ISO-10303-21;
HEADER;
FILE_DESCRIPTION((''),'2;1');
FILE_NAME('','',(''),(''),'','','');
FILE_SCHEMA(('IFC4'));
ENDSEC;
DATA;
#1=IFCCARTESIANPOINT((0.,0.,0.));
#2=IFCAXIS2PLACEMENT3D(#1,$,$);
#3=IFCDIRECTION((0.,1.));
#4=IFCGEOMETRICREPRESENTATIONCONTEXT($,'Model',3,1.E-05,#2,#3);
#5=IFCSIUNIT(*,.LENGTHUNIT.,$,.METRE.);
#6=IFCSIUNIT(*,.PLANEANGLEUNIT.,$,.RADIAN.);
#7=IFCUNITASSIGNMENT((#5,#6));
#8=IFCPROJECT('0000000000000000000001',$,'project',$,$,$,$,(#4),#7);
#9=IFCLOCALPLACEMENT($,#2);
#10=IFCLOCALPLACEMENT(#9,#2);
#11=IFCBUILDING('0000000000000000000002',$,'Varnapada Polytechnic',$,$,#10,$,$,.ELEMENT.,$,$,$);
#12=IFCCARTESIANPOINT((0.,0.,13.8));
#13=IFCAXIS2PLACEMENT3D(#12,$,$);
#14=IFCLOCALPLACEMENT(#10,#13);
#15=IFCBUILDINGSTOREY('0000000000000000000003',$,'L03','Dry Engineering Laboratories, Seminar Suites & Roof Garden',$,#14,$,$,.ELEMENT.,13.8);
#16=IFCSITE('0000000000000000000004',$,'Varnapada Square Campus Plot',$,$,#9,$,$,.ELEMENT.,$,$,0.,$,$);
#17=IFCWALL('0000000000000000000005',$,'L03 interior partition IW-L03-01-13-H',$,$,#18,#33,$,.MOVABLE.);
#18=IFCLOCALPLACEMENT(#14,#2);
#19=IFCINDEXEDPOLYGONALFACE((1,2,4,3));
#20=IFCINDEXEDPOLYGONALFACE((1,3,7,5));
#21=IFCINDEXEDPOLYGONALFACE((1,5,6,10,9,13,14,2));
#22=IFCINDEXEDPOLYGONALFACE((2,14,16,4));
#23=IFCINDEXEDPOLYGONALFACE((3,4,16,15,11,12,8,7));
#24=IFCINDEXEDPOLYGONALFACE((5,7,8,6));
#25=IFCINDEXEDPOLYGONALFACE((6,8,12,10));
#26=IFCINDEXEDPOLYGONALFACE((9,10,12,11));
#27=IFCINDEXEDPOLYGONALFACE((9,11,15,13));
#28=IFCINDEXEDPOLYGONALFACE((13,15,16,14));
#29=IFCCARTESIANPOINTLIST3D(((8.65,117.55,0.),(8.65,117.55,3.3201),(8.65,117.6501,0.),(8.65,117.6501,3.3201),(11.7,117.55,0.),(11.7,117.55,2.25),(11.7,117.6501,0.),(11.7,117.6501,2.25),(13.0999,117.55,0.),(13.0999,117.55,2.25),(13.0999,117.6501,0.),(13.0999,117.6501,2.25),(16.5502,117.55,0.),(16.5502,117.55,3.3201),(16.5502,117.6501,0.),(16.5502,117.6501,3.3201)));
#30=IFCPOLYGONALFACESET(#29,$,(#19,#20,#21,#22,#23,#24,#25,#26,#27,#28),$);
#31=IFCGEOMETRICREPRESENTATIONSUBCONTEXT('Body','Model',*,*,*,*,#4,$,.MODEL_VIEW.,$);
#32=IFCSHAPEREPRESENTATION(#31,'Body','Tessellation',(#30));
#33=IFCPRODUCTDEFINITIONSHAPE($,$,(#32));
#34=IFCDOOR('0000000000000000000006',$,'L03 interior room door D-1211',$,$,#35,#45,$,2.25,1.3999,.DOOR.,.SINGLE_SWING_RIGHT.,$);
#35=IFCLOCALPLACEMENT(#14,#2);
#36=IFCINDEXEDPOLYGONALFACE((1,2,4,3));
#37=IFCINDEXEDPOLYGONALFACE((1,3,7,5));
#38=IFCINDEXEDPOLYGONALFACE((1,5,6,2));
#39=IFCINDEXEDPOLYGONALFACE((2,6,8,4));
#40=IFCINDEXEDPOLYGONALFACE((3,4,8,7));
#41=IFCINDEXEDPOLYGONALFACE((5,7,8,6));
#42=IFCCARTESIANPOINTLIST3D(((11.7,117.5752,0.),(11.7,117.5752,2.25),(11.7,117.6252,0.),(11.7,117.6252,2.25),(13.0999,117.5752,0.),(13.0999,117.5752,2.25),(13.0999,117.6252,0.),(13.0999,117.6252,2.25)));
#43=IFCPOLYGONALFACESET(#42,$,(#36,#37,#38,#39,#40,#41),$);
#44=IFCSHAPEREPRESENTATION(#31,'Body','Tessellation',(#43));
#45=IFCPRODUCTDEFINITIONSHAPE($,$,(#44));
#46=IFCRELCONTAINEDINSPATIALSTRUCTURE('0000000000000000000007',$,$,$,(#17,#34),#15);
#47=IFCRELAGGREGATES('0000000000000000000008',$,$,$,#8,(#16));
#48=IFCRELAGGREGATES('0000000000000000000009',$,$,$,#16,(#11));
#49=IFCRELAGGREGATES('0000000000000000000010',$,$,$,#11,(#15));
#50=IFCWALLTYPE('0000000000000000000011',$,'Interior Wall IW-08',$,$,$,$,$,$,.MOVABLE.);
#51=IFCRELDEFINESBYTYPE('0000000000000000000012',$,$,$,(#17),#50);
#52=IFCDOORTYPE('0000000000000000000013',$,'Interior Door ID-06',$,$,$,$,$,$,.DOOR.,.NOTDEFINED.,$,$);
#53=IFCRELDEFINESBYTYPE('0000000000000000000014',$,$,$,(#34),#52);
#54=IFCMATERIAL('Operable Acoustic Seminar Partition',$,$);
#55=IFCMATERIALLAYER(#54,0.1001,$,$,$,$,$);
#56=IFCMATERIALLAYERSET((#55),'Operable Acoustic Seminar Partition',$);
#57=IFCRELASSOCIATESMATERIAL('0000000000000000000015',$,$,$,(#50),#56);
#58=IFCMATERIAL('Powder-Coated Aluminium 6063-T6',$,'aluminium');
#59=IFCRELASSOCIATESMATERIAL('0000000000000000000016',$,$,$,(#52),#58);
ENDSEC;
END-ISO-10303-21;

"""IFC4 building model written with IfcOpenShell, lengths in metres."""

from ifc_helpers import new_model, si_unit, direction, frame, frame_2d, origin, place, context, subcontext, project, spatial, rectangle, extrude, material, layer, layer_set, type_object, element, fill, save


model = new_model("IFC4")

# Units and contexts
model_context = context("Model", 3, precision=1e-05, world=origin(), true_north=direction((0.0, 1.0)))
body_context = subcontext(model_context, "Body", "Model", "MODEL_VIEW")
ifc_project = project(units=[si_unit("LENGTHUNIT", "METRE"), si_unit("PLANEANGLEUNIT", "RADIAN")], contexts=[model_context])

# Site, building, storey
site_placement = place(None, origin())
site = spatial("IfcSite", under=ifc_project, at=site_placement, Name="Varnapada Square Campus Plot", CompositionType="ELEMENT", RefElevation=0.0)
building_placement = place(site_placement, origin())
building = spatial("IfcBuilding", under=site, at=building_placement, Name="Varnapada Polytechnic", CompositionType="ELEMENT")
storey_placement = place(building_placement, frame((0.0, 0.0, 13.8)))
storey = spatial("IfcBuildingStorey", under=building, at=storey_placement, Name="L03", Description="Dry Engineering Laboratories, Seminar Suites & Roof Garden", CompositionType="ELEMENT", Elevation=13.8)

# Wall, opening, door
ifc_material_1 = material(Name="Operable Acoustic Seminar Partition")
ifc_layer_1 = layer(ifc_material_1, 0.1001)
ifc_layer_set_1 = layer_set([ifc_layer_1], Name="Operable Acoustic Seminar Partition")
wall_type_1 = type_object("IfcWallType", Name="Interior Wall IW-08", PredefinedType="MOVABLE", material=ifc_layer_set_1)
wall_1_placement = place(storey_placement, frame((8.6499, 117.6001, 0.0), z_axis=(0.0, 0.0, 1.0), x_axis=(1.0, 0.0, 0.0)))
wall_1 = element("IfcWall", 1, at=wall_1_placement, inside=storey, type_object=wall_type_1, Name="L03 interior partition IW-L03-01-13-H", PredefinedType="MOVABLE", context=body_context, shape_type="SweptSolid", body=[
    extrude(rectangle(XDim=7.9001, YDim=0.1001, at=frame_2d((3.9502, 0.0))), origin(), (0.0, 0.0, 1.0), 3.3201),
])
opening_placement = place(wall_1_placement, frame((3.05, 0.0, 0.0)))
opening = element("IfcOpeningElement", 2, at=opening_placement, cuts=wall_1, PredefinedType="OPENING", context=body_context, shape_type="SweptSolid", body=[
    extrude(rectangle(XDim=1.3999, YDim=2.25, at=frame_2d((0.7, 1.125))), frame((0.0, 0.0601, 0.0), z_axis=(0.0, -1.0, 0.0), x_axis=(1.0, 0.0, 0.0)), (0.0, 0.0, 1.0), 0.1201),
])
ifc_material_2 = material(Name="Powder-Coated Aluminium 6063-T6", Category="aluminium")
door_type = type_object("IfcDoorType", Name="Interior Door ID-06", OperationType="NOTDEFINED", PredefinedType="DOOR", material=ifc_material_2)
door_placement = place(opening_placement, frame((1.3999, 0.0, 0.0), z_axis=(0.0, 0.0, 1.0), x_axis=(-1.0, 0.0, 0.0)))
door = element("IfcDoor", 3, at=door_placement, inside=storey, type_object=door_type, Name="L03 interior room door D-1211", OperationType="SINGLE_SWING_RIGHT", OverallHeight=2.25, OverallWidth=1.3999, PredefinedType="DOOR", context=body_context, shape_type="SweptSolid", body=[
    extrude(rectangle(XDim=1.3999, YDim=2.25, at=frame_2d((0.7, 1.125))), frame((0.0, 0.0249, 0.0), z_axis=(0.0, -1.0, 0.0), x_axis=(1.0, 0.0, 0.0)), (0.0, 0.0, 1.0), 0.05),
])
fill(opening, door)

save(model, "model.ifc")
